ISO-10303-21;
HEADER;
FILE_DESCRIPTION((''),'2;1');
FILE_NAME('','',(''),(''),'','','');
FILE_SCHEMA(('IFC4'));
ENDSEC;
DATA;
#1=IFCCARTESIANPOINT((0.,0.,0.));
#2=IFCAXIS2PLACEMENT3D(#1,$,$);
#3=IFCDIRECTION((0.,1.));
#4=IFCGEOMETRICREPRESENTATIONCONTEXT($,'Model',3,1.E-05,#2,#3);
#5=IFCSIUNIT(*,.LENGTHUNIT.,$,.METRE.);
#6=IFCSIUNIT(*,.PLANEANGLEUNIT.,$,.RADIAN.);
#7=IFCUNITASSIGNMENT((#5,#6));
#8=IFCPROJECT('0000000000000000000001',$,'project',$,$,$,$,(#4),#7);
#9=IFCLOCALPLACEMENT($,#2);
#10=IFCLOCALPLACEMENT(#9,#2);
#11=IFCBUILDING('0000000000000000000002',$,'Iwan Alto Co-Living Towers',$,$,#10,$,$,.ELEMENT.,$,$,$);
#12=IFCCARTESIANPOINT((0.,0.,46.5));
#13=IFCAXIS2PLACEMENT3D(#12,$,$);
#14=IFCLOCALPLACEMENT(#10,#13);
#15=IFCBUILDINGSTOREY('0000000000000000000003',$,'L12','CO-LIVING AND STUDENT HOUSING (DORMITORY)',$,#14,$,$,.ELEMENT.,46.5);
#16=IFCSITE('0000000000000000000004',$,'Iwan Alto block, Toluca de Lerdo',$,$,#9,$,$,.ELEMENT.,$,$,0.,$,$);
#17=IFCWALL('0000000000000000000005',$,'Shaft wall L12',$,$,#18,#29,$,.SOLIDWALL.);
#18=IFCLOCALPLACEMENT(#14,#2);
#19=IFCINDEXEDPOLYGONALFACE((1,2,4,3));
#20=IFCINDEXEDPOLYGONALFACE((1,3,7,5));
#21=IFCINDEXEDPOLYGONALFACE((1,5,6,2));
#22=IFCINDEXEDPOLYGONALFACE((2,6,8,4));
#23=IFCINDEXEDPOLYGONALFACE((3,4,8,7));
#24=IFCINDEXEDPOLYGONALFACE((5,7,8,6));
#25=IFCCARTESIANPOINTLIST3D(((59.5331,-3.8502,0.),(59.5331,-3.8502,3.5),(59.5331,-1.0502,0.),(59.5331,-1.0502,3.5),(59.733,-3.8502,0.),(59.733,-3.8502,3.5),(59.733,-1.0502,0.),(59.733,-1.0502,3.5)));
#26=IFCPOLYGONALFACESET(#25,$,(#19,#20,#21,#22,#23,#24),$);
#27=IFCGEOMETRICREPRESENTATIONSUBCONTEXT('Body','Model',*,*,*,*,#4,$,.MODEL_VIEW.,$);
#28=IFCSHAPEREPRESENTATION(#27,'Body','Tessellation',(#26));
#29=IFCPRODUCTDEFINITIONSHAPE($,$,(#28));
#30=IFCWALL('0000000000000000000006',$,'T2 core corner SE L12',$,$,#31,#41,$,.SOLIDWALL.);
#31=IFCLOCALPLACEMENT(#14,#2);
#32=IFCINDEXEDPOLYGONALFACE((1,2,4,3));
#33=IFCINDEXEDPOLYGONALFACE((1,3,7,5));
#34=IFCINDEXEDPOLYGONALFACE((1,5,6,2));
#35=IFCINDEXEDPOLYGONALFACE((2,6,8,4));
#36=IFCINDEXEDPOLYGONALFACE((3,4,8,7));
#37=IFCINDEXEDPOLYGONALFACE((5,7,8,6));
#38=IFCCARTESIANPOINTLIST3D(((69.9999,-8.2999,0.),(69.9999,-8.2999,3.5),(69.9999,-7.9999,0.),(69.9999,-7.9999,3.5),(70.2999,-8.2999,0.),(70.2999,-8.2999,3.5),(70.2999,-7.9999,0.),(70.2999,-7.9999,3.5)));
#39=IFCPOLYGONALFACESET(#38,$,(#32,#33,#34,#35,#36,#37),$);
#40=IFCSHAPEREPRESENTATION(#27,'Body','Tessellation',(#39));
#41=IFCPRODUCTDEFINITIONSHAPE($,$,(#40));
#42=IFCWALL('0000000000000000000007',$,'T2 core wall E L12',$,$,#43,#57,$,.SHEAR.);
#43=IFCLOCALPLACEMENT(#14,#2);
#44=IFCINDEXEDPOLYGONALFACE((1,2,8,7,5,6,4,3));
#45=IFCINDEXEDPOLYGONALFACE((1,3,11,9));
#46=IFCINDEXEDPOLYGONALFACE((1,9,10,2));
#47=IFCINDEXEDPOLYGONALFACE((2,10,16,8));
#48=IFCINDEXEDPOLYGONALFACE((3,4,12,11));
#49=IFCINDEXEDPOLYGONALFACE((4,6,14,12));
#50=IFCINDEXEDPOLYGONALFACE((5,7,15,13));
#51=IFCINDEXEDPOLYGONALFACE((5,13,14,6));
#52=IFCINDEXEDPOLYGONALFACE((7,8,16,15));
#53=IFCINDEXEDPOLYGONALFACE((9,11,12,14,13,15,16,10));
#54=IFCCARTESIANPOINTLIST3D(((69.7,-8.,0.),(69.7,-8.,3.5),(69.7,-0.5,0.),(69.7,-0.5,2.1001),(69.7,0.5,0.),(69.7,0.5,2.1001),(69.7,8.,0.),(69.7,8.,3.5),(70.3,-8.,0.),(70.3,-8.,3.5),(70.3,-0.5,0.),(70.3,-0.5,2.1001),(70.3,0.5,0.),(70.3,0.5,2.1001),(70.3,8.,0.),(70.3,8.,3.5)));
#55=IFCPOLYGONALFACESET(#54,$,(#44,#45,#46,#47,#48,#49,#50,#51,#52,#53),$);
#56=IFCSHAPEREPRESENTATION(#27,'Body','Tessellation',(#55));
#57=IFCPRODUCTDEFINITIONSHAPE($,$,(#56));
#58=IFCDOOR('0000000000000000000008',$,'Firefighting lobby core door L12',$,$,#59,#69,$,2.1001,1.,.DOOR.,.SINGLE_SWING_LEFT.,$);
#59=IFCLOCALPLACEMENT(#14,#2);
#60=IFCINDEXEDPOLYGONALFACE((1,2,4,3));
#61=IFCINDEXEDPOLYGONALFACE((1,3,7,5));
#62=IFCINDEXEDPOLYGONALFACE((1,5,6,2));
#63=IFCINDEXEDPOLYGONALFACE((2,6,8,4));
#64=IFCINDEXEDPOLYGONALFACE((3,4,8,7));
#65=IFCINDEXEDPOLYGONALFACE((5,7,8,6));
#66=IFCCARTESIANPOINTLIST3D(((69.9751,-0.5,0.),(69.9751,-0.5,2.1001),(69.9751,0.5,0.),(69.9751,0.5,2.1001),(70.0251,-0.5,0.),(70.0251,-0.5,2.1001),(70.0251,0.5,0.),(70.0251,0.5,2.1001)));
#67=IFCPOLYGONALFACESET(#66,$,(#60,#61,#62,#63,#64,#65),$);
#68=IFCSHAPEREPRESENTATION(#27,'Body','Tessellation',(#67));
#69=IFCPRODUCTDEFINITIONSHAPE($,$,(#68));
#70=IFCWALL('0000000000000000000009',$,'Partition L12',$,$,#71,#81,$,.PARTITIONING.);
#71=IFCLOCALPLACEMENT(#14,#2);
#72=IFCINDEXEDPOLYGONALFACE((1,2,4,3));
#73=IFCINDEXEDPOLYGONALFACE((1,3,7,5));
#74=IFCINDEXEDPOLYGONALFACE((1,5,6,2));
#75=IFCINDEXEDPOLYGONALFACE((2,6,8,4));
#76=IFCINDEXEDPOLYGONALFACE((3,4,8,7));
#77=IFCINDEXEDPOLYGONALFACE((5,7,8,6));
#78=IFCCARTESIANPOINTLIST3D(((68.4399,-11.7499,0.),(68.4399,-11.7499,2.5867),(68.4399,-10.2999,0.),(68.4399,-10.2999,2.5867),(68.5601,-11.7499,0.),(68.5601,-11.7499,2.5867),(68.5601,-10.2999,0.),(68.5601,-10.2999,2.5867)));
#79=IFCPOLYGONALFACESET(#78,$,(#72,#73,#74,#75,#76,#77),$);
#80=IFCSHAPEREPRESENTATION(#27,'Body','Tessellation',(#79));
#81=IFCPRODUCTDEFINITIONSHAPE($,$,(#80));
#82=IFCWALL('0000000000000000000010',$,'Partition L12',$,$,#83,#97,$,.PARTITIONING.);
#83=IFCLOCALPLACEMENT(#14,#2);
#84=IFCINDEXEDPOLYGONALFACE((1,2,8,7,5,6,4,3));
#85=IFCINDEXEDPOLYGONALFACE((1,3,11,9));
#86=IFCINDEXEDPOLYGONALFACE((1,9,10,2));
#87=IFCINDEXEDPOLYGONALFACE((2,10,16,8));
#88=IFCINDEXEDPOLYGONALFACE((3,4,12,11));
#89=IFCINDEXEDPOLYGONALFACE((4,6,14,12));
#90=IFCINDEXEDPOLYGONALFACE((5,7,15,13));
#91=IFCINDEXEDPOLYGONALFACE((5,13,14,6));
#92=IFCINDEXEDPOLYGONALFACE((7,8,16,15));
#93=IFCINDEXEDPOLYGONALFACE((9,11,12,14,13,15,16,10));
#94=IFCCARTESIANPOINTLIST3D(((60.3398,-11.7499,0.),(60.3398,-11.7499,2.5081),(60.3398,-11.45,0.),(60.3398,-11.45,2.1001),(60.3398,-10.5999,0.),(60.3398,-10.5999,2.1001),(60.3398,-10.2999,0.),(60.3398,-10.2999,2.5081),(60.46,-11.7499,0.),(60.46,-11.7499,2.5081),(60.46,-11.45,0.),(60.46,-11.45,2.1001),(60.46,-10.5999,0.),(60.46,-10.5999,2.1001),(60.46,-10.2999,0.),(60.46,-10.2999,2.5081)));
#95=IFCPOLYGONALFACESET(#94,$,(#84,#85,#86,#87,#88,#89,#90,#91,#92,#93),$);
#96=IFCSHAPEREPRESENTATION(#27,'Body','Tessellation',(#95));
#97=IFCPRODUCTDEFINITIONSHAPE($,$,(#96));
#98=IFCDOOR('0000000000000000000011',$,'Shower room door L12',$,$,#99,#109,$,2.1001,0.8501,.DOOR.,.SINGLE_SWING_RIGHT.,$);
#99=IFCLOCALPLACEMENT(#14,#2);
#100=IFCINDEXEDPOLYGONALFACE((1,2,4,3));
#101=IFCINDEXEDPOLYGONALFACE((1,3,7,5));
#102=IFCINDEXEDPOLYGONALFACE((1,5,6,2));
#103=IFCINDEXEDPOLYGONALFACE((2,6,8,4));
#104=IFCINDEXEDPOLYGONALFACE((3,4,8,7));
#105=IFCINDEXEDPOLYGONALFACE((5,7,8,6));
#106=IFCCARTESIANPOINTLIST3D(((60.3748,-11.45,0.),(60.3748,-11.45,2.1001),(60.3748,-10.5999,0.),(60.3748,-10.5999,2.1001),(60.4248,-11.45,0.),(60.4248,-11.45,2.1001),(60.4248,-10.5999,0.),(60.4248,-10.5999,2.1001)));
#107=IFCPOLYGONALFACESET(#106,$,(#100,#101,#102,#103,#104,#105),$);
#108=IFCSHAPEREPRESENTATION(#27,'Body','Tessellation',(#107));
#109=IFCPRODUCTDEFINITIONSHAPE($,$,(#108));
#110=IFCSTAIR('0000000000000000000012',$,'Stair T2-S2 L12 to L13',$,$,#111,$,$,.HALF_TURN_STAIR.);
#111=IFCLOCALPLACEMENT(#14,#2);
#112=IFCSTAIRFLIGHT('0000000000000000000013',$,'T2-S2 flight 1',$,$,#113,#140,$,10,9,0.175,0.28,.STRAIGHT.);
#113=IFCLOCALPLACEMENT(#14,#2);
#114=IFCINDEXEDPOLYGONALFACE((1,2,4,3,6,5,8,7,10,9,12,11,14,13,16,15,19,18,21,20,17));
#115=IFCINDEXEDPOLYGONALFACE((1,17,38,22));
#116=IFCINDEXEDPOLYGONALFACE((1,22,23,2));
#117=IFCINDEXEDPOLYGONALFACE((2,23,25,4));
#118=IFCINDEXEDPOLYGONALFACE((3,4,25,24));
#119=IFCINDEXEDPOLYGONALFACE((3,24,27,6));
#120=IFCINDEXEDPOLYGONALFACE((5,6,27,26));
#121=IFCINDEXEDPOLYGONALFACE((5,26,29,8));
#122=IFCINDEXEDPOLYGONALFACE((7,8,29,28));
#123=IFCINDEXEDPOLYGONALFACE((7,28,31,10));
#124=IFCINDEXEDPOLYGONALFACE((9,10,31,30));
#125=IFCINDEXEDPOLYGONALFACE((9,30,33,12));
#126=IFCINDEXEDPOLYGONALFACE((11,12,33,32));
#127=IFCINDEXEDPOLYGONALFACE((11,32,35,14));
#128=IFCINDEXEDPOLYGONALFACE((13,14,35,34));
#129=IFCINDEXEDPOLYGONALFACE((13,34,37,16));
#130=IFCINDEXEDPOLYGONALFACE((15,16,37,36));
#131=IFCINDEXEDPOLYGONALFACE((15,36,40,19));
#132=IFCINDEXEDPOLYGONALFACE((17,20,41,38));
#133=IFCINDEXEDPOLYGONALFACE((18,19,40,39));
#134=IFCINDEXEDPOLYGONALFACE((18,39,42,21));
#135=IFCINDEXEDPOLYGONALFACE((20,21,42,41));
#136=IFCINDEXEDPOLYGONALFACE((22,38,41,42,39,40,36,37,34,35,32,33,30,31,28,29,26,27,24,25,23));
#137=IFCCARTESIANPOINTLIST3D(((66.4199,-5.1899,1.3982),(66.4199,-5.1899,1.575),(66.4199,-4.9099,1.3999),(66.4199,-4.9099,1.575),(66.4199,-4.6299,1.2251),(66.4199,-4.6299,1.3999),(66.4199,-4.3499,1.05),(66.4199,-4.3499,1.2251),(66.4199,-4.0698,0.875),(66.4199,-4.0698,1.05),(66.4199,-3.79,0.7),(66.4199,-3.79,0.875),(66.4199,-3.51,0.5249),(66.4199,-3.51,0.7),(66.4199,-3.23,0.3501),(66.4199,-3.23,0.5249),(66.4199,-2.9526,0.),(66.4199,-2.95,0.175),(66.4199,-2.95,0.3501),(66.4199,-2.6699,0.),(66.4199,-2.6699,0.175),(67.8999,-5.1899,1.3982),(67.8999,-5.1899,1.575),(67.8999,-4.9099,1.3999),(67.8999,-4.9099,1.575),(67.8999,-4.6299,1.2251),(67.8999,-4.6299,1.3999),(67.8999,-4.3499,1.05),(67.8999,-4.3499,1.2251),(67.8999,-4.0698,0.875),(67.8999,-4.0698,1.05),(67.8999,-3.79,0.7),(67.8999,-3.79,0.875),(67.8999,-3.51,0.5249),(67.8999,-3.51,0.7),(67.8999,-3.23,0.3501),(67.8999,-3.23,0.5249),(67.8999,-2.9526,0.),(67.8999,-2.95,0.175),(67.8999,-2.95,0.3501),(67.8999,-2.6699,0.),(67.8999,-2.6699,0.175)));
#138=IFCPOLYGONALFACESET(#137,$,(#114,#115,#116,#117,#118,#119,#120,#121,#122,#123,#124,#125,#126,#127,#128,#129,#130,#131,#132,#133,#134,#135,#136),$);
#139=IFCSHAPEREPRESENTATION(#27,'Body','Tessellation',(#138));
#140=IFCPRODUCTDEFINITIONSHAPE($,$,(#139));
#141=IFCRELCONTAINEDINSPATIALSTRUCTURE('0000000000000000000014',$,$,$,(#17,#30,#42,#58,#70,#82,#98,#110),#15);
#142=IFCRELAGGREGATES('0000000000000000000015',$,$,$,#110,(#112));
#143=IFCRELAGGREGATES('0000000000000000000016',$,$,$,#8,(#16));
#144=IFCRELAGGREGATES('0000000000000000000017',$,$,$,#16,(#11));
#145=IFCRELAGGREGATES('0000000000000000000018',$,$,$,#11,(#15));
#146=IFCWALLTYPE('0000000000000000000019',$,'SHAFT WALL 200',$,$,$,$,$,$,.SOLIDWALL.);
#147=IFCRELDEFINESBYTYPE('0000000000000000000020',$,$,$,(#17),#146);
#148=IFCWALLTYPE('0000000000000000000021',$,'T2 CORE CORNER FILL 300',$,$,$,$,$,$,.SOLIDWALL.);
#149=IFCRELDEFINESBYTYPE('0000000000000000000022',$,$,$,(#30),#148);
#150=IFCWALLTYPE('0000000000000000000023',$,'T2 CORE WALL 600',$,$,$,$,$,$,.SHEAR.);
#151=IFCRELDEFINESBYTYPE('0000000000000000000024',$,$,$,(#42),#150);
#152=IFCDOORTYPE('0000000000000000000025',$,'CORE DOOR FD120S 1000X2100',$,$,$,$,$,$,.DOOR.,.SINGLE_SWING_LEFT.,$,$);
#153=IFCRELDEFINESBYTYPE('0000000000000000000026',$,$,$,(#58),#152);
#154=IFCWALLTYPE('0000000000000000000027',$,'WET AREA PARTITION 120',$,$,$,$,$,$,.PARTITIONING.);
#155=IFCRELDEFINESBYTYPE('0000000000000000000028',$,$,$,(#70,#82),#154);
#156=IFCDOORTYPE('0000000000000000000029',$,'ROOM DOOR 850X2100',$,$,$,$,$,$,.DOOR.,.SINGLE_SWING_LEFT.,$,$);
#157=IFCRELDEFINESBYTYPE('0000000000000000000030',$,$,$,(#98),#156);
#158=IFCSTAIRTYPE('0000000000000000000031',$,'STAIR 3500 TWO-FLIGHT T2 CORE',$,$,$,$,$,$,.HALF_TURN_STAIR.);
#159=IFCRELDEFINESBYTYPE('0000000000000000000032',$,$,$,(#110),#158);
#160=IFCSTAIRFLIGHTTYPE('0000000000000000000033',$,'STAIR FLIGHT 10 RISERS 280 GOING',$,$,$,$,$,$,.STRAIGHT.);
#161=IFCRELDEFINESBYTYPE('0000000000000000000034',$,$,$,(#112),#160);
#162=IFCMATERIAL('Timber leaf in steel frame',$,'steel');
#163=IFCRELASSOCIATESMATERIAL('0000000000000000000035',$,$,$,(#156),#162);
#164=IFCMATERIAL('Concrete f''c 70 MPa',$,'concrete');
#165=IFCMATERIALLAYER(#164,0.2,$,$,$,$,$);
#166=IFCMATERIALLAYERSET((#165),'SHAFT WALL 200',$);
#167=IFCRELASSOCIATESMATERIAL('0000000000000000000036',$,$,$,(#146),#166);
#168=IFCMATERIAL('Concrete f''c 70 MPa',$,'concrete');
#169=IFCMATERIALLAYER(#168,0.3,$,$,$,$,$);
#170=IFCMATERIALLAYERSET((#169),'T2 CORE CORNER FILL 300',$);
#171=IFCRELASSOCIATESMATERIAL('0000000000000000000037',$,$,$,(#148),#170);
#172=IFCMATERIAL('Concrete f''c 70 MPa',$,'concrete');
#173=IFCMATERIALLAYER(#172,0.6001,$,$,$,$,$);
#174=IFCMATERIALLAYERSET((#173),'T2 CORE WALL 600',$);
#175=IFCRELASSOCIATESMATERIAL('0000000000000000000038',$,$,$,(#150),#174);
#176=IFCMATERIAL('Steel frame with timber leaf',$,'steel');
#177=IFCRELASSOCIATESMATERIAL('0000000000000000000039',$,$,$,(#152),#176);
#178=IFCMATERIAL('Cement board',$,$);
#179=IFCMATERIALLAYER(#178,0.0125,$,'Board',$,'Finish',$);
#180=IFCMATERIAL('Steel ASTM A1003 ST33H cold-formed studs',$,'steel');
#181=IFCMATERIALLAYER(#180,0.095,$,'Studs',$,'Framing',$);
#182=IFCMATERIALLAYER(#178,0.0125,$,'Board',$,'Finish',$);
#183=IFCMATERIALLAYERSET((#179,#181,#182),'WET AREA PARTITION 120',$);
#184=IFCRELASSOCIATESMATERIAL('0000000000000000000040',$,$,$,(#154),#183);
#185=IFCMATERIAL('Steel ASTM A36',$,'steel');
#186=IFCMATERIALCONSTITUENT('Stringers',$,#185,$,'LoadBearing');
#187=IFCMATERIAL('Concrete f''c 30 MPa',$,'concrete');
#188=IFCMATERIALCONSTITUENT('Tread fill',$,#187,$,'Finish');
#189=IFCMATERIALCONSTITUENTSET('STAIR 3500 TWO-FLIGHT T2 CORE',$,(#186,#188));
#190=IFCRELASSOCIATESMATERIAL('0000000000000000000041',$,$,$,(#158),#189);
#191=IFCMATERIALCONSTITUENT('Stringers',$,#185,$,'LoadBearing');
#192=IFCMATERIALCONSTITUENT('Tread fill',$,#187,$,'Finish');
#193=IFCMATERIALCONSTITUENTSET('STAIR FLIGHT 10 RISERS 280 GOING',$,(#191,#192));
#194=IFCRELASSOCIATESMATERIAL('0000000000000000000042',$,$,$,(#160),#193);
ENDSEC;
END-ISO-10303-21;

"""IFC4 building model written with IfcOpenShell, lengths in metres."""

from ifc_helpers import new_model, si_unit, direction, frame, frame_2d, origin, place, context, subcontext, project, spatial, polyline, rectangle, outline, extrude, material, layer, layer_set, constituent, constituent_set, type_object, element, fill, aggregate, save


model = new_model("IFC4")

# Units and contexts
model_context = context("Model", 3, precision=1e-05, world=origin(), true_north=direction((0.0, 1.0)))
body_context = subcontext(model_context, "Body", "Model", "MODEL_VIEW")
ifc_project = project(units=[si_unit("LENGTHUNIT", "METRE"), si_unit("PLANEANGLEUNIT", "RADIAN")], contexts=[model_context])

# Site, building, storey
site_placement = place(None, origin())
site = spatial("IfcSite", under=ifc_project, at=site_placement, Name="Iwan Alto block, Toluca de Lerdo", CompositionType="ELEMENT", RefElevation=0.0)
building_placement = place(site_placement, origin())
building = spatial("IfcBuilding", under=site, at=building_placement, Name="Iwan Alto Co-Living Towers", CompositionType="ELEMENT")
storey_placement = place(building_placement, frame((0.0, 0.0, 46.5)))
storey = spatial("IfcBuildingStorey", under=building, at=storey_placement, Name="L12", Description="CO-LIVING AND STUDENT HOUSING (DORMITORY)", CompositionType="ELEMENT", Elevation=46.5)

# Shared definitions
ifc_material_1 = material(Name="Steel ASTM A1003 ST33H cold-formed studs", Category="steel")

# Shared definitions
ifc_material_2 = material(Name="Timber leaf in steel frame", Category="steel")
door_type_1 = type_object("IfcDoorType", Name="ROOM DOOR 850X2100", OperationType="SINGLE_SWING_LEFT", PredefinedType="DOOR", material=ifc_material_2)

# Shared definitions
ifc_material_3 = material(Name="Concrete f'c 70 MPa", Category="concrete")
ifc_layer_1 = layer(ifc_material_3, 0.2)
ifc_layer_set_1 = layer_set([ifc_layer_1], Name="SHAFT WALL 200")
wall_type_1 = type_object("IfcWallType", Name="SHAFT WALL 200", PredefinedType="SOLIDWALL", material=ifc_layer_set_1)

# Walls
wall_1_placement = place(storey_placement, frame((59.6331, -3.8501, 0.0), z_axis=(0.0, 0.0, 1.0), x_axis=(0.0, 1.0, 0.0)))
element("IfcWall", 1, at=wall_1_placement, inside=storey, type_object=wall_type_1, Name="Shaft wall L12", PredefinedType="SOLIDWALL", context=body_context, shape_type="SweptSolid", body=[
    extrude(rectangle(XDim=2.8, YDim=0.2, at=frame_2d((1.3999, 0.0))), origin(), (0.0, 0.0, 1.0), 3.5),
])
ifc_material_4 = material(Name="Concrete f'c 70 MPa", Category="concrete")
ifc_layer_2 = layer(ifc_material_4, 0.3)
ifc_layer_set_2 = layer_set([ifc_layer_2], Name="T2 CORE CORNER FILL 300")
wall_type_2 = type_object("IfcWallType", Name="T2 CORE CORNER FILL 300", PredefinedType="SOLIDWALL", material=ifc_layer_set_2)
wall_2_placement = place(storey_placement, frame((70.0, -8.1499, 0.0), z_axis=(0.0, 0.0, 1.0), x_axis=(1.0, 0.0, 0.0)))
element("IfcWall", 2, at=wall_2_placement, inside=storey, type_object=wall_type_2, Name="T2 core corner SE L12", PredefinedType="SOLIDWALL", context=body_context, shape_type="SweptSolid", body=[
    extrude(rectangle(XDim=0.3, YDim=0.3, at=frame_2d((0.1499, 0.0))), origin(), (0.0, 0.0, 1.0), 3.5),
])

# Wall, opening, door
ifc_material_5 = material(Name="Concrete f'c 70 MPa", Category="concrete")
ifc_layer_3 = layer(ifc_material_5, 0.6001)
ifc_layer_set_3 = layer_set([ifc_layer_3], Name="T2 CORE WALL 600")
wall_type_3 = type_object("IfcWallType", Name="T2 CORE WALL 600", PredefinedType="SHEAR", material=ifc_layer_set_3)
wall_3_placement = place(storey_placement, frame((70.0, -8.0, 0.0), z_axis=(0.0, 0.0, 1.0), x_axis=(0.0, 1.0, 0.0)))
wall_3 = element("IfcWall", 3, at=wall_3_placement, inside=storey, type_object=wall_type_3, Name="T2 core wall E L12", PredefinedType="SHEAR", context=body_context, shape_type="SweptSolid", body=[
    extrude(rectangle(XDim=16.0, YDim=0.6001, at=frame_2d((8.0, 0.0))), origin(), (0.0, 0.0, 1.0), 3.5),
])
opening_1_placement = place(wall_3_placement, frame((7.5, 0.0, 0.0)))
opening_1 = element("IfcOpeningElement", 4, at=opening_1_placement, cuts=wall_3, PredefinedType="OPENING", context=body_context, shape_type="SweptSolid", body=[
    extrude(rectangle(XDim=1.0, YDim=2.1001, at=frame_2d((0.5, 1.05))), frame((0.0, 0.3101, 0.0), z_axis=(0.0, -1.0, 0.0), x_axis=(1.0, 0.0, 0.0)), (0.0, 0.0, 1.0), 0.6201),
])
ifc_material_6 = material(Name="Steel frame with timber leaf", Category="steel")
door_type_2 = type_object("IfcDoorType", Name="CORE DOOR FD120S 1000X2100", OperationType="SINGLE_SWING_LEFT", PredefinedType="DOOR", material=ifc_material_6)
door_1_placement = place(opening_1_placement, origin())
door_1 = element("IfcDoor", 5, at=door_1_placement, inside=storey, type_object=door_type_2, Name="Firefighting lobby core door L12", OperationType="SINGLE_SWING_LEFT", OverallHeight=2.1001, OverallWidth=1.0, PredefinedType="DOOR", context=body_context, shape_type="SweptSolid", body=[
    extrude(rectangle(XDim=1.0, YDim=2.1001, at=frame_2d((0.5, 1.05))), frame((0.0, 0.0249, 0.0), z_axis=(0.0, -1.0, 0.0), x_axis=(1.0, 0.0, 0.0)), (0.0, 0.0, 1.0), 0.05),
])
fill(opening_1, door_1)

# Wall
ifc_material_7 = material(Name="Cement board")
ifc_layer_4 = layer(ifc_material_7, 0.0125, Name="Board", Category="Finish")
ifc_layer_5 = layer(ifc_material_1, 0.095, Name="Studs", Category="Framing")
ifc_layer_6 = layer(ifc_material_7, 0.0125, Name="Board", Category="Finish")
ifc_layer_set_4 = layer_set([ifc_layer_4, ifc_layer_5, ifc_layer_6], Name="WET AREA PARTITION 120")
wall_type_4 = type_object("IfcWallType", Name="WET AREA PARTITION 120", PredefinedType="PARTITIONING", material=ifc_layer_set_4)
wall_4_placement = place(storey_placement, frame((68.5, -11.75, 0.0), z_axis=(0.0, 0.0, 1.0), x_axis=(0.0, 1.0, 0.0)))
element("IfcWall", 6, at=wall_4_placement, inside=storey, type_object=wall_type_4, Name="Partition L12", PredefinedType="PARTITIONING", context=body_context, shape_type="SweptSolid", body=[
    extrude(rectangle(XDim=1.45, YDim=0.1201, at=frame_2d((0.7251, 0.0))), origin(), (0.0, 0.0, 1.0), 2.5867),
])

# Wall, opening, door
wall_5_placement = place(storey_placement, frame((60.3999, -11.75, 0.0), z_axis=(0.0, 0.0, 1.0), x_axis=(0.0, 1.0, 0.0)))
wall_5 = element("IfcWall", 7, at=wall_5_placement, inside=storey, type_object=wall_type_4, Name="Partition L12", PredefinedType="PARTITIONING", context=body_context, shape_type="SweptSolid", body=[
    extrude(rectangle(XDim=1.45, YDim=0.1201, at=frame_2d((0.7251, 0.0))), origin(), (0.0, 0.0, 1.0), 2.5081),
])
opening_2_placement = place(wall_5_placement, frame((0.3, 0.0, 0.0)))
opening_2 = element("IfcOpeningElement", 8, at=opening_2_placement, cuts=wall_5, PredefinedType="OPENING", context=body_context, shape_type="SweptSolid", body=[
    extrude(rectangle(XDim=0.8501, YDim=2.1001, at=frame_2d((0.425, 1.05))), frame((0.0, 0.0701, 0.0), z_axis=(0.0, -1.0, 0.0), x_axis=(1.0, 0.0, 0.0)), (0.0, 0.0, 1.0), 0.1401),
])
door_2_placement = place(opening_2_placement, frame((0.8501, 0.0, 0.0), z_axis=(0.0, 0.0, 1.0), x_axis=(-1.0, 0.0, 0.0)))
door_2 = element("IfcDoor", 9, at=door_2_placement, inside=storey, type_object=door_type_1, Name="Shower room door L12", OperationType="SINGLE_SWING_RIGHT", OverallHeight=2.1001, OverallWidth=0.8501, PredefinedType="DOOR", context=body_context, shape_type="SweptSolid", body=[
    extrude(rectangle(XDim=0.8501, YDim=2.1001, at=frame_2d((0.425, 1.05))), frame((0.0, 0.0249, 0.0), z_axis=(0.0, -1.0, 0.0), x_axis=(1.0, 0.0, 0.0)), (0.0, 0.0, 1.0), 0.05),
])
fill(opening_2, door_2)

# Stair, stair flight
ifc_material_8 = material(Name="Steel ASTM A36", Category="steel")
ifc_constituent_1 = constituent(ifc_material_8, Name="Stringers", Category="LoadBearing")
ifc_material_9 = material(Name="Concrete f'c 30 MPa", Category="concrete")
ifc_constituent_2 = constituent(ifc_material_9, Name="Tread fill", Category="Finish")
ifc_constituent_set_1 = constituent_set(constituents=[ifc_constituent_1, ifc_constituent_2], Name="STAIR 3500 TWO-FLIGHT T2 CORE")
stair_type = type_object("IfcStairType", Name="STAIR 3500 TWO-FLIGHT T2 CORE", PredefinedType="HALF_TURN_STAIR", material=ifc_constituent_set_1)
stair_placement = place(storey_placement, origin())
stair = element("IfcStair", 10, at=stair_placement, inside=storey, type_object=stair_type, Name="Stair T2-S2 L12 to L13", PredefinedType="HALF_TURN_STAIR")
ifc_constituent_3 = constituent(ifc_material_8, Name="Stringers", Category="LoadBearing")
ifc_constituent_4 = constituent(ifc_material_9, Name="Tread fill", Category="Finish")
ifc_constituent_set_2 = constituent_set(constituents=[ifc_constituent_3, ifc_constituent_4], Name="STAIR FLIGHT 10 RISERS 280 GOING")
stair_flight_type = type_object("IfcStairFlightType", Name="STAIR FLIGHT 10 RISERS 280 GOING", PredefinedType="STRAIGHT", material=ifc_constituent_set_2)
stair_flight_1_placement = place(storey_placement, frame((67.1599, -2.6699, 0.0), z_axis=(0.0, 0.0, 1.0), x_axis=(0.0, -1.0, 0.0)))
stair_flight_1 = element("IfcStairFlight", 11, at=stair_flight_1_placement, type_object=stair_flight_type, Name="T2-S2 flight 1", NumberOfRisers=10, NumberOfTreads=9, PredefinedType="STRAIGHT", RiserHeight=0.175, TreadLength=0.28, context=body_context, shape_type="SweptSolid", body=[
    extrude(outline(polyline([(0.0, 0.0), (0.0, 0.175), (0.28, 0.175), (0.28, 0.3501), (0.5601, 0.3501), (0.5601, 0.5249), (0.8401, 0.5249), (0.8401, 0.7), (1.1201, 0.7), (1.1201, 0.875), (1.3999, 0.875), (1.3999, 1.05), (1.6799, 1.05), (1.6799, 1.2251), (1.96, 1.2251), (1.96, 1.3999), (2.24, 1.3999), (2.24, 1.575), (2.52, 1.575), (2.52, 1.75), (2.52, 1.3982), (0.2827, 0.0), (0.0, 0.0)])), frame((0.0, 0.74, 0.0), z_axis=(0.0, -1.0, 0.0), x_axis=(1.0, 0.0, 0.0)), (0.0, 0.0, 1.0), 1.48),
])
aggregate(stair, [stair_flight_1])

save(model, "model.ifc")
